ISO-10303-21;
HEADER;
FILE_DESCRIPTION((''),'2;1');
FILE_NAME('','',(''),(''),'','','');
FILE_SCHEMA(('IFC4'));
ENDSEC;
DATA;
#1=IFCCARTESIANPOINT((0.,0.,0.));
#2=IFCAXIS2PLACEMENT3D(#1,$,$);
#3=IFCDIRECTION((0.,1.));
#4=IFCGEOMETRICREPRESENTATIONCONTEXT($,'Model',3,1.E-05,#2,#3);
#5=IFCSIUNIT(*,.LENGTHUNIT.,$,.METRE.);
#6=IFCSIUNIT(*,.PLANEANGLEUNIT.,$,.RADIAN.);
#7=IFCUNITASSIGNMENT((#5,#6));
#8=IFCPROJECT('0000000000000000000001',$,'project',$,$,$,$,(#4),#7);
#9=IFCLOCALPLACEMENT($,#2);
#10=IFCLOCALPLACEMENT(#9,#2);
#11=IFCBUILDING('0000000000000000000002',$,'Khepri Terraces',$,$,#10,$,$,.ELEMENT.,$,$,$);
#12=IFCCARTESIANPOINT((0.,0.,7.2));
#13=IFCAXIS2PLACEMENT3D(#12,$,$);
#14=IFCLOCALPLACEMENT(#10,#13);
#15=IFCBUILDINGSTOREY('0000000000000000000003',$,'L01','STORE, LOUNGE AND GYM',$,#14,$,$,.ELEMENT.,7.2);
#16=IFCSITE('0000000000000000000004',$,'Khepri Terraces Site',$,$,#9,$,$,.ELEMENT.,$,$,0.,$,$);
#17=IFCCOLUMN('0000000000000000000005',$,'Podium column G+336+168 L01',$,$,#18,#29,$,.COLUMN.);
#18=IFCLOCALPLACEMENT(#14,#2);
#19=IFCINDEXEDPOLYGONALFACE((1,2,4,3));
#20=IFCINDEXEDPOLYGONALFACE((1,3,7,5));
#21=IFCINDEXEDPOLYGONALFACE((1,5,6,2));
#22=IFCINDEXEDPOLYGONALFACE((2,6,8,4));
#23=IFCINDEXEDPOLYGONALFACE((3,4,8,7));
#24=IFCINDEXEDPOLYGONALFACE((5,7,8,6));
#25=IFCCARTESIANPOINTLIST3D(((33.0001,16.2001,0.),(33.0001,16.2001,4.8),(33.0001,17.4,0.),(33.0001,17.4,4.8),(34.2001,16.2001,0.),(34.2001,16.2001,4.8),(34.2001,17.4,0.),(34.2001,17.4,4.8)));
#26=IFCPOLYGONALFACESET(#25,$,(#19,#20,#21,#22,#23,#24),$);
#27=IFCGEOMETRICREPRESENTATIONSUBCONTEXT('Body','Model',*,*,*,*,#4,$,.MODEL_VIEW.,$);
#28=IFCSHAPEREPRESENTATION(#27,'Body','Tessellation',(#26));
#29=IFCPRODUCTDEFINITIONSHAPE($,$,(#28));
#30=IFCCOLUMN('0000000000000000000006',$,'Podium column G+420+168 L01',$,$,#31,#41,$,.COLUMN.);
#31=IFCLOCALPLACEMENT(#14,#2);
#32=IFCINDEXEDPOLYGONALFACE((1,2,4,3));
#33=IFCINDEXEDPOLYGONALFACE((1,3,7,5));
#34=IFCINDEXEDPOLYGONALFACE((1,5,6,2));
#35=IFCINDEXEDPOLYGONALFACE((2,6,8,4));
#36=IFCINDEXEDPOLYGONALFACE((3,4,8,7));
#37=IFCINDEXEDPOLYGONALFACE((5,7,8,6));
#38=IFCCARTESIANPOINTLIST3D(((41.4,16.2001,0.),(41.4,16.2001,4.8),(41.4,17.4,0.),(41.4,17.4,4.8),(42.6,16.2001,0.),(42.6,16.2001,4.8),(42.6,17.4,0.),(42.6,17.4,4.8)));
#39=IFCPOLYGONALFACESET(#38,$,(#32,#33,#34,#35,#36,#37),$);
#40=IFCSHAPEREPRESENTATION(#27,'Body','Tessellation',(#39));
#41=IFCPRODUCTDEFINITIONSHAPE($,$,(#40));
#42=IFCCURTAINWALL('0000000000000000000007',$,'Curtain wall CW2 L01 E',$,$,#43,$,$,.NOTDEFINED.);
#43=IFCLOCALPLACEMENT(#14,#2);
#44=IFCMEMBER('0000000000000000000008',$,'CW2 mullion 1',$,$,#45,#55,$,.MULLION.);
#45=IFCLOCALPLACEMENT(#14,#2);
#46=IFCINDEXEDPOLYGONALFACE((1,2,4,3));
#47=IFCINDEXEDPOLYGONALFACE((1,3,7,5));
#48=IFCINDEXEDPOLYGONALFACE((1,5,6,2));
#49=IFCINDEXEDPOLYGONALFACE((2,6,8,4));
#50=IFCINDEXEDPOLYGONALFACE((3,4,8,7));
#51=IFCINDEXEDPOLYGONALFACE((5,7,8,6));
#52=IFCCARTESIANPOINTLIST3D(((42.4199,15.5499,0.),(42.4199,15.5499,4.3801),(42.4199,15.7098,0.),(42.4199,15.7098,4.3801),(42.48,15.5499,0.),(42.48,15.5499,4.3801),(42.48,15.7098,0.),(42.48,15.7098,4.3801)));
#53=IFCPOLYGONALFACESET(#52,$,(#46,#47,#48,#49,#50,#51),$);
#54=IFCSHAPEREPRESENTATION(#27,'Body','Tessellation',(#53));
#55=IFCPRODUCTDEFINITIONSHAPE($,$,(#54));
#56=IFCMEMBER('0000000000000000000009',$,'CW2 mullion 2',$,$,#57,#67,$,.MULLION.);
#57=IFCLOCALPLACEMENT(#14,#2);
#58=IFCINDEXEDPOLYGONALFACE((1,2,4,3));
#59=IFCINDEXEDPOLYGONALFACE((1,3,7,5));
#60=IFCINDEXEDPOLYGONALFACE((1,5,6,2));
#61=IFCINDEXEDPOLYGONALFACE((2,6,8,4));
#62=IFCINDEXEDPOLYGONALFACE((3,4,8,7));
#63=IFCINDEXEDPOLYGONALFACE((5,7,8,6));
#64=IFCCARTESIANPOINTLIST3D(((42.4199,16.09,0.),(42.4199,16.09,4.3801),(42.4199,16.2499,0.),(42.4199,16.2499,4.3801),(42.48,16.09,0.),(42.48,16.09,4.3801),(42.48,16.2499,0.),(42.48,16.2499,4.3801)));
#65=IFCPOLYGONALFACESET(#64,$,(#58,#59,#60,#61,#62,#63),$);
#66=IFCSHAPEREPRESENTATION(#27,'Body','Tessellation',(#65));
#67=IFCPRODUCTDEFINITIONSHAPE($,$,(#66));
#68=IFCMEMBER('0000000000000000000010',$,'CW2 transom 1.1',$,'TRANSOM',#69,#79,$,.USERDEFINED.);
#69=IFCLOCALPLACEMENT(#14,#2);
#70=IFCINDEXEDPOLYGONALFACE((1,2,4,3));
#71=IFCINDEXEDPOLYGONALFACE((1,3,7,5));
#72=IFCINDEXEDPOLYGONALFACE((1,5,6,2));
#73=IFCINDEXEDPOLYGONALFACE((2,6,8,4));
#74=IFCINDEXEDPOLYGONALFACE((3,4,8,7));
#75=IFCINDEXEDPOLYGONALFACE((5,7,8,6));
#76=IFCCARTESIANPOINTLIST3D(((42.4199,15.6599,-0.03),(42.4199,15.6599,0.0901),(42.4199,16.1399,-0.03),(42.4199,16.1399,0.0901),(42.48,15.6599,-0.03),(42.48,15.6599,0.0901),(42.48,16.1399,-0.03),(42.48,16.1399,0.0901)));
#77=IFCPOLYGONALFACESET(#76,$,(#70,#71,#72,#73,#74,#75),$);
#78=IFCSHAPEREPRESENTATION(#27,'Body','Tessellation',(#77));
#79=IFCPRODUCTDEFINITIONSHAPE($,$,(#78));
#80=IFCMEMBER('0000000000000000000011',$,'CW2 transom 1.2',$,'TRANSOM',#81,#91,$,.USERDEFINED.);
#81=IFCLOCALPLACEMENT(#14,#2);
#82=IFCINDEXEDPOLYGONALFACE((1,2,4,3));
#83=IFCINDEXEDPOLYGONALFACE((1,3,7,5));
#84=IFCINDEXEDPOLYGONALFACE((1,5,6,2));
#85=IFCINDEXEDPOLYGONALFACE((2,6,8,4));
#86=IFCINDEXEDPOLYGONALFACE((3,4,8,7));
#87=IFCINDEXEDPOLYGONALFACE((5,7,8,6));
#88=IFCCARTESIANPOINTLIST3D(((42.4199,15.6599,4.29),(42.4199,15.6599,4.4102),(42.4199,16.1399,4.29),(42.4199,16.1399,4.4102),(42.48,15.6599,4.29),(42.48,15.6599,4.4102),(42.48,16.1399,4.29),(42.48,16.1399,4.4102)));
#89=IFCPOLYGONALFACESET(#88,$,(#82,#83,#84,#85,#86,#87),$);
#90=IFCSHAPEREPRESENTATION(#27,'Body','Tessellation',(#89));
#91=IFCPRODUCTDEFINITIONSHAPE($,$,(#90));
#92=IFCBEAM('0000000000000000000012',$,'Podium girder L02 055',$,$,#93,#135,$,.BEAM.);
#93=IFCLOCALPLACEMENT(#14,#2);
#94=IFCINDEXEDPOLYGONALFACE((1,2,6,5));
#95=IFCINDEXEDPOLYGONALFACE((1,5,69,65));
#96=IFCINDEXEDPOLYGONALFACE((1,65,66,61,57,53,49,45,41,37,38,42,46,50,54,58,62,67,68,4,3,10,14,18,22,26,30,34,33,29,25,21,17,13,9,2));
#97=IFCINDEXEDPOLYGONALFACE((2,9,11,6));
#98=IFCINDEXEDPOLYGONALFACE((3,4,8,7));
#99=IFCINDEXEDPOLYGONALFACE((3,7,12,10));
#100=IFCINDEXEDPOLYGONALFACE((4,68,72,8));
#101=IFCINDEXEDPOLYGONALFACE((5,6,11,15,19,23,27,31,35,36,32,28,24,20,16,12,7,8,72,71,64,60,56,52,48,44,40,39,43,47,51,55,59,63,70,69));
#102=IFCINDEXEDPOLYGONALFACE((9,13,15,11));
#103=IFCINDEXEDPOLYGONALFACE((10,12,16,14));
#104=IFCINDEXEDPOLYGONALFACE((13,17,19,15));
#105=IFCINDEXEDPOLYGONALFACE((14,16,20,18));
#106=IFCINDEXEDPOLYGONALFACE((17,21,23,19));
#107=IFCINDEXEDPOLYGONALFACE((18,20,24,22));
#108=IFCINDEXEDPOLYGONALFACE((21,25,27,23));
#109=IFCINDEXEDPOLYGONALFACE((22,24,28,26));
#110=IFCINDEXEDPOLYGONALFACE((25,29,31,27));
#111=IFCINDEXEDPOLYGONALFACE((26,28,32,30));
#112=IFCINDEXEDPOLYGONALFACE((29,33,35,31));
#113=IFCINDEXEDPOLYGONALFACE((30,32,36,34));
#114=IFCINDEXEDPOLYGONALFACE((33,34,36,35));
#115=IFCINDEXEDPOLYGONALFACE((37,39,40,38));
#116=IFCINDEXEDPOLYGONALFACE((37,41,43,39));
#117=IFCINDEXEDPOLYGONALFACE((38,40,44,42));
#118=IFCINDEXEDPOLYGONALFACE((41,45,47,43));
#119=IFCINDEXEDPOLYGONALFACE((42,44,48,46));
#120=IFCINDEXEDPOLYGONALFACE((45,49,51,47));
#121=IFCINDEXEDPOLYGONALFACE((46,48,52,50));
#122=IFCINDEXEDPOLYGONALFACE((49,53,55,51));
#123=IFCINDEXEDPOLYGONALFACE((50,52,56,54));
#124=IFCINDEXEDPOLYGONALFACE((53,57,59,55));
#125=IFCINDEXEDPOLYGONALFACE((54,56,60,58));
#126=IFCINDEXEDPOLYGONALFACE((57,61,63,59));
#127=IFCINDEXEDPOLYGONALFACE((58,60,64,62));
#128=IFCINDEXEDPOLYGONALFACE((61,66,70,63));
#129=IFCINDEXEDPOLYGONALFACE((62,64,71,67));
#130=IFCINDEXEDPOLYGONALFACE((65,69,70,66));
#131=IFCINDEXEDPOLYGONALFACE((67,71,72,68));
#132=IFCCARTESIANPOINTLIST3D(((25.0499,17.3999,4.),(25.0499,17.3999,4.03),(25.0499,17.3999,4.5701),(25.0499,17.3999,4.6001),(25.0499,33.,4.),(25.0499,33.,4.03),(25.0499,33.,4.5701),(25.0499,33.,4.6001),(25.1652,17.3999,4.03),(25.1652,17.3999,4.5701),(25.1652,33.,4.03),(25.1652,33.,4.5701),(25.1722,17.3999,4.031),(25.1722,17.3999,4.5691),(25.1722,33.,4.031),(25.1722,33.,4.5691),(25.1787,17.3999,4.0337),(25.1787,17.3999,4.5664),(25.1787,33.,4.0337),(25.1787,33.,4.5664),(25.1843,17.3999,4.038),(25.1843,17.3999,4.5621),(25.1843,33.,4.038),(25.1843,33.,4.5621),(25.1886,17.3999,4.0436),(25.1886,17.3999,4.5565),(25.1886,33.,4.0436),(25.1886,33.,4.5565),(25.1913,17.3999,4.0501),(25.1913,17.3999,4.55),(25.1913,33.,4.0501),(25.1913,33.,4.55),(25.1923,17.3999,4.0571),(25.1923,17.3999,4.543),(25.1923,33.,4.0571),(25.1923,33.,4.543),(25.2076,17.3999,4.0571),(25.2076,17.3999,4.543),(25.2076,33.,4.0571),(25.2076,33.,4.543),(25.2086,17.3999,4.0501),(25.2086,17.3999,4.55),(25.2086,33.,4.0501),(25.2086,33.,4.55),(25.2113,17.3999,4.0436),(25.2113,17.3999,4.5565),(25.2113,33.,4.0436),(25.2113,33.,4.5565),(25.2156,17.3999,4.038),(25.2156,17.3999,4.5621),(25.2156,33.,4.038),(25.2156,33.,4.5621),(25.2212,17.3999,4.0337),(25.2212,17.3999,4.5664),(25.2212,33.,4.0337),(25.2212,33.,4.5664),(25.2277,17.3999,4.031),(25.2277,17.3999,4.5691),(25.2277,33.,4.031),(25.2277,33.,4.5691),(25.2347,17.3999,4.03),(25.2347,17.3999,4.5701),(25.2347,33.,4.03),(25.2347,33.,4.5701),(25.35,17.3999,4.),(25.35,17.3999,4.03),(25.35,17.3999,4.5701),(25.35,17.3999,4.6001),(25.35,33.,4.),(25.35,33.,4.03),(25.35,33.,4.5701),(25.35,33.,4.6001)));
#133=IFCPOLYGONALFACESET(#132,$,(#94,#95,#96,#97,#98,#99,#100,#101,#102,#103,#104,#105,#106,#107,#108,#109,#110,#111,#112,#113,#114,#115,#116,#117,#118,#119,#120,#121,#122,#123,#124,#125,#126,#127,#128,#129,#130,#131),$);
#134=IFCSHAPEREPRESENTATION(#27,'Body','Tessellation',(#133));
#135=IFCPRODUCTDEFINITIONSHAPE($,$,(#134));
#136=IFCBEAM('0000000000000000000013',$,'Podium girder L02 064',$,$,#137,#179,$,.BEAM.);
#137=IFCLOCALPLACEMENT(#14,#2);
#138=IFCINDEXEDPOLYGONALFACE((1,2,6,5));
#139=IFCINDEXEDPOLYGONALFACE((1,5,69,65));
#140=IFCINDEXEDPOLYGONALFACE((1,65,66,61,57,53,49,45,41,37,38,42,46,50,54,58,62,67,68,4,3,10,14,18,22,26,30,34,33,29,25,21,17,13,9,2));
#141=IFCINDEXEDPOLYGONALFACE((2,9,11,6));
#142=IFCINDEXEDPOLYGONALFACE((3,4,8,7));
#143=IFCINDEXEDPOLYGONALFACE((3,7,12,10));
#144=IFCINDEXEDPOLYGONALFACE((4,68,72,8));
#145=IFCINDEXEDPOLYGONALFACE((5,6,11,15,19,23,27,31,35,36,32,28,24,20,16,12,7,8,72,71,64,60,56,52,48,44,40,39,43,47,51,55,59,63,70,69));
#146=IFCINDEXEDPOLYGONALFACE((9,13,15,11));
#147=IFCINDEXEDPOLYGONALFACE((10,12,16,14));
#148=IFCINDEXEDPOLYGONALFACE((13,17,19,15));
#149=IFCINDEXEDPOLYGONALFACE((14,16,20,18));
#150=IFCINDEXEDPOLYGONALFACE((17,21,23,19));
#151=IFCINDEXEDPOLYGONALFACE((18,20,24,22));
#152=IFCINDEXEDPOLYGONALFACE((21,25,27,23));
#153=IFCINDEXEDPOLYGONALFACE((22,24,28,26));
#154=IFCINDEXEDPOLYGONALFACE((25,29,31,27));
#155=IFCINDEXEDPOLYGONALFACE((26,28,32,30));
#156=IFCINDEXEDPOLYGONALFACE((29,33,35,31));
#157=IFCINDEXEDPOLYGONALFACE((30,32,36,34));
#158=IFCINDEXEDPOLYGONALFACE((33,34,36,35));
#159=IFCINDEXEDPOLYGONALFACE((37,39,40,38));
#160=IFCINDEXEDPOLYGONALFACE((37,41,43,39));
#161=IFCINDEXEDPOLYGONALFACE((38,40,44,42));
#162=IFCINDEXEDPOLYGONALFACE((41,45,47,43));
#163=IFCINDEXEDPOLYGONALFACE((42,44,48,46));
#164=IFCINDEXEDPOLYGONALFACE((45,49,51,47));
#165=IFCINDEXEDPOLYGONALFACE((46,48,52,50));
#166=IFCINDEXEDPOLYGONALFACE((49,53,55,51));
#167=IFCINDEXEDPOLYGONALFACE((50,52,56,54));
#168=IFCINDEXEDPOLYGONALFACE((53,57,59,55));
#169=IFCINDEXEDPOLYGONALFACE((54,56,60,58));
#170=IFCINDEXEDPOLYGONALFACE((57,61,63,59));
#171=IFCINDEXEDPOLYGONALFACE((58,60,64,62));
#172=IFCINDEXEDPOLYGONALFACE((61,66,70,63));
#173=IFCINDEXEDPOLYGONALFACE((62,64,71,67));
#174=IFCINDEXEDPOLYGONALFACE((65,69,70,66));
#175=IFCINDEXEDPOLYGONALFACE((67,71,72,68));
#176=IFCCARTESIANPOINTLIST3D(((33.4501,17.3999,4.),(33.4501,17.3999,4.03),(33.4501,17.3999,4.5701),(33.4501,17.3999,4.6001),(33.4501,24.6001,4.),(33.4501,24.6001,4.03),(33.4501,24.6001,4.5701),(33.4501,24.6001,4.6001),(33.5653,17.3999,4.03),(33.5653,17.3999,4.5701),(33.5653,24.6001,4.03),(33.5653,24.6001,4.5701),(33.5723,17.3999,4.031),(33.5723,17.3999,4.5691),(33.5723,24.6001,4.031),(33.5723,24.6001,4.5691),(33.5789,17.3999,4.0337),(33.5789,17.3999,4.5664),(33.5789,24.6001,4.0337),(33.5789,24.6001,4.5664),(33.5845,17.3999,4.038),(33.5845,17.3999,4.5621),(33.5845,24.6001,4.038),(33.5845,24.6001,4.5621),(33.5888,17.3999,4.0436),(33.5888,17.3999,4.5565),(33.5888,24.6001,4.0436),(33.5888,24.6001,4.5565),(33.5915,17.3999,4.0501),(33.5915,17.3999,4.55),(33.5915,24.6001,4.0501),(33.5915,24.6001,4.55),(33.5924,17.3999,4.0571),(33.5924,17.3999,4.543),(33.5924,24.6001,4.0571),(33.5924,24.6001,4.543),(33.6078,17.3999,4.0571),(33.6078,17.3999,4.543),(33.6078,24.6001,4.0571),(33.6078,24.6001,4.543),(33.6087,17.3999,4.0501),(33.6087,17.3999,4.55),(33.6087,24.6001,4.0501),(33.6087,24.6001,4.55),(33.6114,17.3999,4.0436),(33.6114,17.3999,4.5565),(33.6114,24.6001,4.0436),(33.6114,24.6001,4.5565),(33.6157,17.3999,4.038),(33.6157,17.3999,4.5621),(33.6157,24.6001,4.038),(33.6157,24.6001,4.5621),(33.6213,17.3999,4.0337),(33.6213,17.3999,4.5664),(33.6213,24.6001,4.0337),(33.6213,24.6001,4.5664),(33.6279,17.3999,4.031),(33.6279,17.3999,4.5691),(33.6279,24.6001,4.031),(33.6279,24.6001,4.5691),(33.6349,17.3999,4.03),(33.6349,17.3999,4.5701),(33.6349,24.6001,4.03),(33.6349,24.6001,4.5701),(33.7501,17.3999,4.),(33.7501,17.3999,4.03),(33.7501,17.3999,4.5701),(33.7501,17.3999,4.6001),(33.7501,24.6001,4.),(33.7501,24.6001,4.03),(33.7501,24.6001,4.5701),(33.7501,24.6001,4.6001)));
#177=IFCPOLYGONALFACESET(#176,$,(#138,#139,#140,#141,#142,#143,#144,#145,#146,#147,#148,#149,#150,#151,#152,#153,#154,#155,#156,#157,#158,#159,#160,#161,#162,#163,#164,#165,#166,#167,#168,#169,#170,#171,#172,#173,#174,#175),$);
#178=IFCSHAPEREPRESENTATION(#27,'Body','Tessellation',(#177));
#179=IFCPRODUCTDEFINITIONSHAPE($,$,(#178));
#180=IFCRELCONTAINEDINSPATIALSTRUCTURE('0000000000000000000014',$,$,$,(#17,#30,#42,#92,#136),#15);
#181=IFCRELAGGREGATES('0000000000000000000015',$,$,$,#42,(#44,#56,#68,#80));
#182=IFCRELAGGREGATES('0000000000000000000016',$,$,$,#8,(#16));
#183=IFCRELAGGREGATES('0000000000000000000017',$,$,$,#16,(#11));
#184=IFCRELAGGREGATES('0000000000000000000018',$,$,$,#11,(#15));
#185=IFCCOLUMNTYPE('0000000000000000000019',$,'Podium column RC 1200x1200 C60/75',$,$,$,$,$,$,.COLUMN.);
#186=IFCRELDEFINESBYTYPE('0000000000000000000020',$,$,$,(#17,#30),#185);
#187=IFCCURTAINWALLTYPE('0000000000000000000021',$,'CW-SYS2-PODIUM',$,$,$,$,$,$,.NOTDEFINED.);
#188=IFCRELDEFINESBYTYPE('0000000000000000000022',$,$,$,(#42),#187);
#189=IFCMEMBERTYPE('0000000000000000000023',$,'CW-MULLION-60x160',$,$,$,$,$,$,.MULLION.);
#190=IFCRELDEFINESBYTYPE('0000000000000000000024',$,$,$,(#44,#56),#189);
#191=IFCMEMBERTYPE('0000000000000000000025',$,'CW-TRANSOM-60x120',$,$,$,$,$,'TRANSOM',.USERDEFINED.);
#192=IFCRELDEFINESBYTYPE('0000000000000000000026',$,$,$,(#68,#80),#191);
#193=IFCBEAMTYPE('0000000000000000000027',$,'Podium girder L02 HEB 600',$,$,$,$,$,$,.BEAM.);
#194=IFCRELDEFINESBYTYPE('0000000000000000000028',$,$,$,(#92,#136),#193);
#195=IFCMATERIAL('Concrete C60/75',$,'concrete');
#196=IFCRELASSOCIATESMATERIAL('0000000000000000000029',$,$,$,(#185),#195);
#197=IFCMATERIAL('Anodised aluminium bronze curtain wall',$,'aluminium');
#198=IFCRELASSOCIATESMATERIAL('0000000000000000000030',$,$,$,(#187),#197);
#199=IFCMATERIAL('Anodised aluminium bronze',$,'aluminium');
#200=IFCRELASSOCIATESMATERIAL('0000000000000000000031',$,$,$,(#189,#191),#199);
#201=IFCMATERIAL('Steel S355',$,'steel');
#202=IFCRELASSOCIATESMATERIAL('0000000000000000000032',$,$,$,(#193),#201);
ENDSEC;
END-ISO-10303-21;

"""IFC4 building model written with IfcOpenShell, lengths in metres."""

from ifc_helpers import new_model, si_unit, direction, frame, origin, origin_2d, place, context, subcontext, project, spatial, rectangle, i_section, extrude, material, material_profile, profile_set, type_object, element, aggregate, save


model = new_model("IFC4")

# Units and contexts
model_context = context("Model", 3, precision=1e-05, world=origin(), true_north=direction((0.0, 1.0)))
body_context = subcontext(model_context, "Body", "Model", "MODEL_VIEW")
ifc_project = project(units=[si_unit("LENGTHUNIT", "METRE"), si_unit("PLANEANGLEUNIT", "RADIAN")], contexts=[model_context])

# Site, building, storey
site_placement = place(None, origin())
site = spatial("IfcSite", under=ifc_project, at=site_placement, Name="Khepri Terraces Site", CompositionType="ELEMENT", RefElevation=0.0)
building_placement = place(site_placement, origin())
building = spatial("IfcBuilding", under=site, at=building_placement, Name="Khepri Terraces", CompositionType="ELEMENT")
storey_placement = place(building_placement, frame((0.0, 0.0, 7.2)))
storey = spatial("IfcBuildingStorey", under=building, at=storey_placement, Name="L01", Description="STORE, LOUNGE AND GYM", CompositionType="ELEMENT", Elevation=7.2)

# Columns
ifc_material_1 = material(Name="Concrete C60/75", Category="concrete")
ifc_material_profile_1 = material_profile(ifc_material_1, rectangle(XDim=1.2, YDim=1.2, at=origin_2d()), Name="Concrete C60/75", Category="concrete")
ifc_profile_set_1 = profile_set([ifc_material_profile_1], Name="Concrete C60/75")
column_type = type_object("IfcColumnType", Name="Podium column RC 1200x1200 C60/75", PredefinedType="COLUMN", material=ifc_profile_set_1)
for number, where, z_axis, x_axis, name in (
    (1, (33.6001, 16.8, 0.0), (0.0, 0.0, 1.0), (1.0, 0.0, 0.0), "Podium column G+336+168 L01"),
    (2, (42.0, 16.8, 0.0), (0.0, 0.0, 1.0), (1.0, 0.0, 0.0), "Podium column G+420+168 L01"),
):
    element("IfcColumn", number, at=place(storey_placement, frame(where, z_axis=z_axis, x_axis=x_axis)), inside=storey, type_object=column_type, Name=name, PredefinedType="COLUMN", context=body_context, shape_type="SweptSolid", body=[
        extrude(rectangle(XDim=1.2, YDim=1.2, at=origin_2d()), origin(), (0.0, 0.0, 1.0), 4.8),
    ])

# Curtain wall, members
ifc_material_2 = material(Name="Anodised aluminium bronze curtain wall", Category="aluminium")
curtain_wall_type = type_object("IfcCurtainWallType", Name="CW-SYS2-PODIUM", PredefinedType="NOTDEFINED", material=ifc_material_2)
curtain_wall_placement = place(storey_placement, origin())
curtain_wall = element("IfcCurtainWall", 3, at=curtain_wall_placement, inside=storey, type_object=curtain_wall_type, Name="Curtain wall CW2 L01 E", PredefinedType="NOTDEFINED")
ifc_material_3 = material(Name="Anodised aluminium bronze", Category="aluminium")
ifc_material_profile_2 = material_profile(ifc_material_3, rectangle(XDim=0.0601, YDim=0.1599, at=origin_2d()), Name="Anodised aluminium bronze", Category="aluminium")
ifc_profile_set_2 = profile_set([ifc_material_profile_2], Name="Anodised aluminium bronze")
member_type_1 = type_object("IfcMemberType", Name="CW-MULLION-60x160", PredefinedType="MULLION", material=ifc_profile_set_2)
member_1_placement = place(storey_placement, frame((42.45, 15.6299, 0.0), z_axis=(0.0, 0.0, 1.0), x_axis=(-1.0, 0.0, 0.0)))
member_1 = element("IfcMember", 4, at=member_1_placement, type_object=member_type_1, Name="CW2 mullion 1", PredefinedType="MULLION", context=body_context, shape_type="SweptSolid", body=[
    extrude(rectangle(XDim=0.0601, YDim=0.1599, at=origin_2d()), origin(), (0.0, 0.0, 1.0), 4.3801),
])
member_2_placement = place(storey_placement, frame((42.45, 16.1699, 0.0), z_axis=(0.0, 0.0, 1.0), x_axis=(-1.0, 0.0, 0.0)))
member_2 = element("IfcMember", 5, at=member_2_placement, type_object=member_type_1, Name="CW2 mullion 2", PredefinedType="MULLION", context=body_context, shape_type="SweptSolid", body=[
    extrude(rectangle(XDim=0.0601, YDim=0.1599, at=origin_2d()), origin(), (0.0, 0.0, 1.0), 4.3801),
])
ifc_material_profile_3 = material_profile(ifc_material_3, rectangle(XDim=0.0601, YDim=0.1201, at=origin_2d()), Name="Anodised aluminium bronze", Category="aluminium")
ifc_profile_set_3 = profile_set([ifc_material_profile_3], Name="Anodised aluminium bronze")
member_type_2 = type_object("IfcMemberType", Name="CW-TRANSOM-60x120", ElementType="TRANSOM", PredefinedType="USERDEFINED", material=ifc_profile_set_3)
member_3_placement = place(storey_placement, frame((42.45, 15.6599, 0.03), z_axis=(0.0, 1.0, 0.0), x_axis=(-1.0, 0.0, 0.0)))
member_3 = element("IfcMember", 6, at=member_3_placement, type_object=member_type_2, Name="CW2 transom 1.1", ObjectType="TRANSOM", PredefinedType="USERDEFINED", context=body_context, shape_type="SweptSolid", body=[
    extrude(rectangle(XDim=0.0601, YDim=0.1201, at=origin_2d()), origin(), (0.0, 0.0, 1.0), 0.48),
])
member_4_placement = place(storey_placement, frame((42.45, 15.6599, 4.3501), z_axis=(0.0, 1.0, 0.0), x_axis=(-1.0, 0.0, 0.0)))
member_4 = element("IfcMember", 7, at=member_4_placement, type_object=member_type_2, Name="CW2 transom 1.2", ObjectType="TRANSOM", PredefinedType="USERDEFINED", context=body_context, shape_type="SweptSolid", body=[
    extrude(rectangle(XDim=0.0601, YDim=0.1201, at=origin_2d()), origin(), (0.0, 0.0, 1.0), 0.48),
])

# Beams
ifc_material_4 = material(Name="Steel S355", Category="steel")
ifc_material_profile_4 = material_profile(ifc_material_4, i_section(OverallWidth=0.3, OverallDepth=0.6001, WebThickness=0.0154, FlangeThickness=0.03, FilletRadius=0.0271, at=origin_2d()), Name="Steel S355", Category="steel")
ifc_profile_set_4 = profile_set([ifc_material_profile_4], Name="Steel S355")
beam_type_1 = type_object("IfcBeamType", Name="Podium girder L02 HEB 600", PredefinedType="BEAM", material=ifc_profile_set_4)
beam_1_placement = place(storey_placement, frame((25.2, 17.3999, 4.3), z_axis=(0.0, 1.0, 0.0), x_axis=(-1.0, 0.0, 0.0)))
element("IfcBeam", 8, at=beam_1_placement, inside=storey, type_object=beam_type_1, Name="Podium girder L02 055", PredefinedType="BEAM", context=body_context, shape_type="SweptSolid", body=[
    extrude(i_section(OverallWidth=0.3, OverallDepth=0.6001, WebThickness=0.0154, FlangeThickness=0.03, FilletRadius=0.0271, at=origin_2d()), origin(), (0.0, 0.0, 1.0), 15.6001),
])
for number, where, z_axis, x_axis, name in (
    (9, (33.6001, 17.3999, 4.3), (0.0, 1.0, 0.0), (-1.0, 0.0, 0.0), "Podium girder L02 064"),
):
    element("IfcBeam", number, at=place(storey_placement, frame(where, z_axis=z_axis, x_axis=x_axis)), inside=storey, type_object=beam_type_1, Name=name, PredefinedType="BEAM", context=body_context, shape_type="SweptSolid", body=[
        extrude(i_section(OverallWidth=0.3, OverallDepth=0.6001, WebThickness=0.0154, FlangeThickness=0.03, FilletRadius=0.0271, at=origin_2d()), origin(), (0.0, 0.0, 1.0), 7.2002),
    ])

aggregate(curtain_wall, [member_1, member_2, member_3, member_4])

save(model, "model.ifc")
